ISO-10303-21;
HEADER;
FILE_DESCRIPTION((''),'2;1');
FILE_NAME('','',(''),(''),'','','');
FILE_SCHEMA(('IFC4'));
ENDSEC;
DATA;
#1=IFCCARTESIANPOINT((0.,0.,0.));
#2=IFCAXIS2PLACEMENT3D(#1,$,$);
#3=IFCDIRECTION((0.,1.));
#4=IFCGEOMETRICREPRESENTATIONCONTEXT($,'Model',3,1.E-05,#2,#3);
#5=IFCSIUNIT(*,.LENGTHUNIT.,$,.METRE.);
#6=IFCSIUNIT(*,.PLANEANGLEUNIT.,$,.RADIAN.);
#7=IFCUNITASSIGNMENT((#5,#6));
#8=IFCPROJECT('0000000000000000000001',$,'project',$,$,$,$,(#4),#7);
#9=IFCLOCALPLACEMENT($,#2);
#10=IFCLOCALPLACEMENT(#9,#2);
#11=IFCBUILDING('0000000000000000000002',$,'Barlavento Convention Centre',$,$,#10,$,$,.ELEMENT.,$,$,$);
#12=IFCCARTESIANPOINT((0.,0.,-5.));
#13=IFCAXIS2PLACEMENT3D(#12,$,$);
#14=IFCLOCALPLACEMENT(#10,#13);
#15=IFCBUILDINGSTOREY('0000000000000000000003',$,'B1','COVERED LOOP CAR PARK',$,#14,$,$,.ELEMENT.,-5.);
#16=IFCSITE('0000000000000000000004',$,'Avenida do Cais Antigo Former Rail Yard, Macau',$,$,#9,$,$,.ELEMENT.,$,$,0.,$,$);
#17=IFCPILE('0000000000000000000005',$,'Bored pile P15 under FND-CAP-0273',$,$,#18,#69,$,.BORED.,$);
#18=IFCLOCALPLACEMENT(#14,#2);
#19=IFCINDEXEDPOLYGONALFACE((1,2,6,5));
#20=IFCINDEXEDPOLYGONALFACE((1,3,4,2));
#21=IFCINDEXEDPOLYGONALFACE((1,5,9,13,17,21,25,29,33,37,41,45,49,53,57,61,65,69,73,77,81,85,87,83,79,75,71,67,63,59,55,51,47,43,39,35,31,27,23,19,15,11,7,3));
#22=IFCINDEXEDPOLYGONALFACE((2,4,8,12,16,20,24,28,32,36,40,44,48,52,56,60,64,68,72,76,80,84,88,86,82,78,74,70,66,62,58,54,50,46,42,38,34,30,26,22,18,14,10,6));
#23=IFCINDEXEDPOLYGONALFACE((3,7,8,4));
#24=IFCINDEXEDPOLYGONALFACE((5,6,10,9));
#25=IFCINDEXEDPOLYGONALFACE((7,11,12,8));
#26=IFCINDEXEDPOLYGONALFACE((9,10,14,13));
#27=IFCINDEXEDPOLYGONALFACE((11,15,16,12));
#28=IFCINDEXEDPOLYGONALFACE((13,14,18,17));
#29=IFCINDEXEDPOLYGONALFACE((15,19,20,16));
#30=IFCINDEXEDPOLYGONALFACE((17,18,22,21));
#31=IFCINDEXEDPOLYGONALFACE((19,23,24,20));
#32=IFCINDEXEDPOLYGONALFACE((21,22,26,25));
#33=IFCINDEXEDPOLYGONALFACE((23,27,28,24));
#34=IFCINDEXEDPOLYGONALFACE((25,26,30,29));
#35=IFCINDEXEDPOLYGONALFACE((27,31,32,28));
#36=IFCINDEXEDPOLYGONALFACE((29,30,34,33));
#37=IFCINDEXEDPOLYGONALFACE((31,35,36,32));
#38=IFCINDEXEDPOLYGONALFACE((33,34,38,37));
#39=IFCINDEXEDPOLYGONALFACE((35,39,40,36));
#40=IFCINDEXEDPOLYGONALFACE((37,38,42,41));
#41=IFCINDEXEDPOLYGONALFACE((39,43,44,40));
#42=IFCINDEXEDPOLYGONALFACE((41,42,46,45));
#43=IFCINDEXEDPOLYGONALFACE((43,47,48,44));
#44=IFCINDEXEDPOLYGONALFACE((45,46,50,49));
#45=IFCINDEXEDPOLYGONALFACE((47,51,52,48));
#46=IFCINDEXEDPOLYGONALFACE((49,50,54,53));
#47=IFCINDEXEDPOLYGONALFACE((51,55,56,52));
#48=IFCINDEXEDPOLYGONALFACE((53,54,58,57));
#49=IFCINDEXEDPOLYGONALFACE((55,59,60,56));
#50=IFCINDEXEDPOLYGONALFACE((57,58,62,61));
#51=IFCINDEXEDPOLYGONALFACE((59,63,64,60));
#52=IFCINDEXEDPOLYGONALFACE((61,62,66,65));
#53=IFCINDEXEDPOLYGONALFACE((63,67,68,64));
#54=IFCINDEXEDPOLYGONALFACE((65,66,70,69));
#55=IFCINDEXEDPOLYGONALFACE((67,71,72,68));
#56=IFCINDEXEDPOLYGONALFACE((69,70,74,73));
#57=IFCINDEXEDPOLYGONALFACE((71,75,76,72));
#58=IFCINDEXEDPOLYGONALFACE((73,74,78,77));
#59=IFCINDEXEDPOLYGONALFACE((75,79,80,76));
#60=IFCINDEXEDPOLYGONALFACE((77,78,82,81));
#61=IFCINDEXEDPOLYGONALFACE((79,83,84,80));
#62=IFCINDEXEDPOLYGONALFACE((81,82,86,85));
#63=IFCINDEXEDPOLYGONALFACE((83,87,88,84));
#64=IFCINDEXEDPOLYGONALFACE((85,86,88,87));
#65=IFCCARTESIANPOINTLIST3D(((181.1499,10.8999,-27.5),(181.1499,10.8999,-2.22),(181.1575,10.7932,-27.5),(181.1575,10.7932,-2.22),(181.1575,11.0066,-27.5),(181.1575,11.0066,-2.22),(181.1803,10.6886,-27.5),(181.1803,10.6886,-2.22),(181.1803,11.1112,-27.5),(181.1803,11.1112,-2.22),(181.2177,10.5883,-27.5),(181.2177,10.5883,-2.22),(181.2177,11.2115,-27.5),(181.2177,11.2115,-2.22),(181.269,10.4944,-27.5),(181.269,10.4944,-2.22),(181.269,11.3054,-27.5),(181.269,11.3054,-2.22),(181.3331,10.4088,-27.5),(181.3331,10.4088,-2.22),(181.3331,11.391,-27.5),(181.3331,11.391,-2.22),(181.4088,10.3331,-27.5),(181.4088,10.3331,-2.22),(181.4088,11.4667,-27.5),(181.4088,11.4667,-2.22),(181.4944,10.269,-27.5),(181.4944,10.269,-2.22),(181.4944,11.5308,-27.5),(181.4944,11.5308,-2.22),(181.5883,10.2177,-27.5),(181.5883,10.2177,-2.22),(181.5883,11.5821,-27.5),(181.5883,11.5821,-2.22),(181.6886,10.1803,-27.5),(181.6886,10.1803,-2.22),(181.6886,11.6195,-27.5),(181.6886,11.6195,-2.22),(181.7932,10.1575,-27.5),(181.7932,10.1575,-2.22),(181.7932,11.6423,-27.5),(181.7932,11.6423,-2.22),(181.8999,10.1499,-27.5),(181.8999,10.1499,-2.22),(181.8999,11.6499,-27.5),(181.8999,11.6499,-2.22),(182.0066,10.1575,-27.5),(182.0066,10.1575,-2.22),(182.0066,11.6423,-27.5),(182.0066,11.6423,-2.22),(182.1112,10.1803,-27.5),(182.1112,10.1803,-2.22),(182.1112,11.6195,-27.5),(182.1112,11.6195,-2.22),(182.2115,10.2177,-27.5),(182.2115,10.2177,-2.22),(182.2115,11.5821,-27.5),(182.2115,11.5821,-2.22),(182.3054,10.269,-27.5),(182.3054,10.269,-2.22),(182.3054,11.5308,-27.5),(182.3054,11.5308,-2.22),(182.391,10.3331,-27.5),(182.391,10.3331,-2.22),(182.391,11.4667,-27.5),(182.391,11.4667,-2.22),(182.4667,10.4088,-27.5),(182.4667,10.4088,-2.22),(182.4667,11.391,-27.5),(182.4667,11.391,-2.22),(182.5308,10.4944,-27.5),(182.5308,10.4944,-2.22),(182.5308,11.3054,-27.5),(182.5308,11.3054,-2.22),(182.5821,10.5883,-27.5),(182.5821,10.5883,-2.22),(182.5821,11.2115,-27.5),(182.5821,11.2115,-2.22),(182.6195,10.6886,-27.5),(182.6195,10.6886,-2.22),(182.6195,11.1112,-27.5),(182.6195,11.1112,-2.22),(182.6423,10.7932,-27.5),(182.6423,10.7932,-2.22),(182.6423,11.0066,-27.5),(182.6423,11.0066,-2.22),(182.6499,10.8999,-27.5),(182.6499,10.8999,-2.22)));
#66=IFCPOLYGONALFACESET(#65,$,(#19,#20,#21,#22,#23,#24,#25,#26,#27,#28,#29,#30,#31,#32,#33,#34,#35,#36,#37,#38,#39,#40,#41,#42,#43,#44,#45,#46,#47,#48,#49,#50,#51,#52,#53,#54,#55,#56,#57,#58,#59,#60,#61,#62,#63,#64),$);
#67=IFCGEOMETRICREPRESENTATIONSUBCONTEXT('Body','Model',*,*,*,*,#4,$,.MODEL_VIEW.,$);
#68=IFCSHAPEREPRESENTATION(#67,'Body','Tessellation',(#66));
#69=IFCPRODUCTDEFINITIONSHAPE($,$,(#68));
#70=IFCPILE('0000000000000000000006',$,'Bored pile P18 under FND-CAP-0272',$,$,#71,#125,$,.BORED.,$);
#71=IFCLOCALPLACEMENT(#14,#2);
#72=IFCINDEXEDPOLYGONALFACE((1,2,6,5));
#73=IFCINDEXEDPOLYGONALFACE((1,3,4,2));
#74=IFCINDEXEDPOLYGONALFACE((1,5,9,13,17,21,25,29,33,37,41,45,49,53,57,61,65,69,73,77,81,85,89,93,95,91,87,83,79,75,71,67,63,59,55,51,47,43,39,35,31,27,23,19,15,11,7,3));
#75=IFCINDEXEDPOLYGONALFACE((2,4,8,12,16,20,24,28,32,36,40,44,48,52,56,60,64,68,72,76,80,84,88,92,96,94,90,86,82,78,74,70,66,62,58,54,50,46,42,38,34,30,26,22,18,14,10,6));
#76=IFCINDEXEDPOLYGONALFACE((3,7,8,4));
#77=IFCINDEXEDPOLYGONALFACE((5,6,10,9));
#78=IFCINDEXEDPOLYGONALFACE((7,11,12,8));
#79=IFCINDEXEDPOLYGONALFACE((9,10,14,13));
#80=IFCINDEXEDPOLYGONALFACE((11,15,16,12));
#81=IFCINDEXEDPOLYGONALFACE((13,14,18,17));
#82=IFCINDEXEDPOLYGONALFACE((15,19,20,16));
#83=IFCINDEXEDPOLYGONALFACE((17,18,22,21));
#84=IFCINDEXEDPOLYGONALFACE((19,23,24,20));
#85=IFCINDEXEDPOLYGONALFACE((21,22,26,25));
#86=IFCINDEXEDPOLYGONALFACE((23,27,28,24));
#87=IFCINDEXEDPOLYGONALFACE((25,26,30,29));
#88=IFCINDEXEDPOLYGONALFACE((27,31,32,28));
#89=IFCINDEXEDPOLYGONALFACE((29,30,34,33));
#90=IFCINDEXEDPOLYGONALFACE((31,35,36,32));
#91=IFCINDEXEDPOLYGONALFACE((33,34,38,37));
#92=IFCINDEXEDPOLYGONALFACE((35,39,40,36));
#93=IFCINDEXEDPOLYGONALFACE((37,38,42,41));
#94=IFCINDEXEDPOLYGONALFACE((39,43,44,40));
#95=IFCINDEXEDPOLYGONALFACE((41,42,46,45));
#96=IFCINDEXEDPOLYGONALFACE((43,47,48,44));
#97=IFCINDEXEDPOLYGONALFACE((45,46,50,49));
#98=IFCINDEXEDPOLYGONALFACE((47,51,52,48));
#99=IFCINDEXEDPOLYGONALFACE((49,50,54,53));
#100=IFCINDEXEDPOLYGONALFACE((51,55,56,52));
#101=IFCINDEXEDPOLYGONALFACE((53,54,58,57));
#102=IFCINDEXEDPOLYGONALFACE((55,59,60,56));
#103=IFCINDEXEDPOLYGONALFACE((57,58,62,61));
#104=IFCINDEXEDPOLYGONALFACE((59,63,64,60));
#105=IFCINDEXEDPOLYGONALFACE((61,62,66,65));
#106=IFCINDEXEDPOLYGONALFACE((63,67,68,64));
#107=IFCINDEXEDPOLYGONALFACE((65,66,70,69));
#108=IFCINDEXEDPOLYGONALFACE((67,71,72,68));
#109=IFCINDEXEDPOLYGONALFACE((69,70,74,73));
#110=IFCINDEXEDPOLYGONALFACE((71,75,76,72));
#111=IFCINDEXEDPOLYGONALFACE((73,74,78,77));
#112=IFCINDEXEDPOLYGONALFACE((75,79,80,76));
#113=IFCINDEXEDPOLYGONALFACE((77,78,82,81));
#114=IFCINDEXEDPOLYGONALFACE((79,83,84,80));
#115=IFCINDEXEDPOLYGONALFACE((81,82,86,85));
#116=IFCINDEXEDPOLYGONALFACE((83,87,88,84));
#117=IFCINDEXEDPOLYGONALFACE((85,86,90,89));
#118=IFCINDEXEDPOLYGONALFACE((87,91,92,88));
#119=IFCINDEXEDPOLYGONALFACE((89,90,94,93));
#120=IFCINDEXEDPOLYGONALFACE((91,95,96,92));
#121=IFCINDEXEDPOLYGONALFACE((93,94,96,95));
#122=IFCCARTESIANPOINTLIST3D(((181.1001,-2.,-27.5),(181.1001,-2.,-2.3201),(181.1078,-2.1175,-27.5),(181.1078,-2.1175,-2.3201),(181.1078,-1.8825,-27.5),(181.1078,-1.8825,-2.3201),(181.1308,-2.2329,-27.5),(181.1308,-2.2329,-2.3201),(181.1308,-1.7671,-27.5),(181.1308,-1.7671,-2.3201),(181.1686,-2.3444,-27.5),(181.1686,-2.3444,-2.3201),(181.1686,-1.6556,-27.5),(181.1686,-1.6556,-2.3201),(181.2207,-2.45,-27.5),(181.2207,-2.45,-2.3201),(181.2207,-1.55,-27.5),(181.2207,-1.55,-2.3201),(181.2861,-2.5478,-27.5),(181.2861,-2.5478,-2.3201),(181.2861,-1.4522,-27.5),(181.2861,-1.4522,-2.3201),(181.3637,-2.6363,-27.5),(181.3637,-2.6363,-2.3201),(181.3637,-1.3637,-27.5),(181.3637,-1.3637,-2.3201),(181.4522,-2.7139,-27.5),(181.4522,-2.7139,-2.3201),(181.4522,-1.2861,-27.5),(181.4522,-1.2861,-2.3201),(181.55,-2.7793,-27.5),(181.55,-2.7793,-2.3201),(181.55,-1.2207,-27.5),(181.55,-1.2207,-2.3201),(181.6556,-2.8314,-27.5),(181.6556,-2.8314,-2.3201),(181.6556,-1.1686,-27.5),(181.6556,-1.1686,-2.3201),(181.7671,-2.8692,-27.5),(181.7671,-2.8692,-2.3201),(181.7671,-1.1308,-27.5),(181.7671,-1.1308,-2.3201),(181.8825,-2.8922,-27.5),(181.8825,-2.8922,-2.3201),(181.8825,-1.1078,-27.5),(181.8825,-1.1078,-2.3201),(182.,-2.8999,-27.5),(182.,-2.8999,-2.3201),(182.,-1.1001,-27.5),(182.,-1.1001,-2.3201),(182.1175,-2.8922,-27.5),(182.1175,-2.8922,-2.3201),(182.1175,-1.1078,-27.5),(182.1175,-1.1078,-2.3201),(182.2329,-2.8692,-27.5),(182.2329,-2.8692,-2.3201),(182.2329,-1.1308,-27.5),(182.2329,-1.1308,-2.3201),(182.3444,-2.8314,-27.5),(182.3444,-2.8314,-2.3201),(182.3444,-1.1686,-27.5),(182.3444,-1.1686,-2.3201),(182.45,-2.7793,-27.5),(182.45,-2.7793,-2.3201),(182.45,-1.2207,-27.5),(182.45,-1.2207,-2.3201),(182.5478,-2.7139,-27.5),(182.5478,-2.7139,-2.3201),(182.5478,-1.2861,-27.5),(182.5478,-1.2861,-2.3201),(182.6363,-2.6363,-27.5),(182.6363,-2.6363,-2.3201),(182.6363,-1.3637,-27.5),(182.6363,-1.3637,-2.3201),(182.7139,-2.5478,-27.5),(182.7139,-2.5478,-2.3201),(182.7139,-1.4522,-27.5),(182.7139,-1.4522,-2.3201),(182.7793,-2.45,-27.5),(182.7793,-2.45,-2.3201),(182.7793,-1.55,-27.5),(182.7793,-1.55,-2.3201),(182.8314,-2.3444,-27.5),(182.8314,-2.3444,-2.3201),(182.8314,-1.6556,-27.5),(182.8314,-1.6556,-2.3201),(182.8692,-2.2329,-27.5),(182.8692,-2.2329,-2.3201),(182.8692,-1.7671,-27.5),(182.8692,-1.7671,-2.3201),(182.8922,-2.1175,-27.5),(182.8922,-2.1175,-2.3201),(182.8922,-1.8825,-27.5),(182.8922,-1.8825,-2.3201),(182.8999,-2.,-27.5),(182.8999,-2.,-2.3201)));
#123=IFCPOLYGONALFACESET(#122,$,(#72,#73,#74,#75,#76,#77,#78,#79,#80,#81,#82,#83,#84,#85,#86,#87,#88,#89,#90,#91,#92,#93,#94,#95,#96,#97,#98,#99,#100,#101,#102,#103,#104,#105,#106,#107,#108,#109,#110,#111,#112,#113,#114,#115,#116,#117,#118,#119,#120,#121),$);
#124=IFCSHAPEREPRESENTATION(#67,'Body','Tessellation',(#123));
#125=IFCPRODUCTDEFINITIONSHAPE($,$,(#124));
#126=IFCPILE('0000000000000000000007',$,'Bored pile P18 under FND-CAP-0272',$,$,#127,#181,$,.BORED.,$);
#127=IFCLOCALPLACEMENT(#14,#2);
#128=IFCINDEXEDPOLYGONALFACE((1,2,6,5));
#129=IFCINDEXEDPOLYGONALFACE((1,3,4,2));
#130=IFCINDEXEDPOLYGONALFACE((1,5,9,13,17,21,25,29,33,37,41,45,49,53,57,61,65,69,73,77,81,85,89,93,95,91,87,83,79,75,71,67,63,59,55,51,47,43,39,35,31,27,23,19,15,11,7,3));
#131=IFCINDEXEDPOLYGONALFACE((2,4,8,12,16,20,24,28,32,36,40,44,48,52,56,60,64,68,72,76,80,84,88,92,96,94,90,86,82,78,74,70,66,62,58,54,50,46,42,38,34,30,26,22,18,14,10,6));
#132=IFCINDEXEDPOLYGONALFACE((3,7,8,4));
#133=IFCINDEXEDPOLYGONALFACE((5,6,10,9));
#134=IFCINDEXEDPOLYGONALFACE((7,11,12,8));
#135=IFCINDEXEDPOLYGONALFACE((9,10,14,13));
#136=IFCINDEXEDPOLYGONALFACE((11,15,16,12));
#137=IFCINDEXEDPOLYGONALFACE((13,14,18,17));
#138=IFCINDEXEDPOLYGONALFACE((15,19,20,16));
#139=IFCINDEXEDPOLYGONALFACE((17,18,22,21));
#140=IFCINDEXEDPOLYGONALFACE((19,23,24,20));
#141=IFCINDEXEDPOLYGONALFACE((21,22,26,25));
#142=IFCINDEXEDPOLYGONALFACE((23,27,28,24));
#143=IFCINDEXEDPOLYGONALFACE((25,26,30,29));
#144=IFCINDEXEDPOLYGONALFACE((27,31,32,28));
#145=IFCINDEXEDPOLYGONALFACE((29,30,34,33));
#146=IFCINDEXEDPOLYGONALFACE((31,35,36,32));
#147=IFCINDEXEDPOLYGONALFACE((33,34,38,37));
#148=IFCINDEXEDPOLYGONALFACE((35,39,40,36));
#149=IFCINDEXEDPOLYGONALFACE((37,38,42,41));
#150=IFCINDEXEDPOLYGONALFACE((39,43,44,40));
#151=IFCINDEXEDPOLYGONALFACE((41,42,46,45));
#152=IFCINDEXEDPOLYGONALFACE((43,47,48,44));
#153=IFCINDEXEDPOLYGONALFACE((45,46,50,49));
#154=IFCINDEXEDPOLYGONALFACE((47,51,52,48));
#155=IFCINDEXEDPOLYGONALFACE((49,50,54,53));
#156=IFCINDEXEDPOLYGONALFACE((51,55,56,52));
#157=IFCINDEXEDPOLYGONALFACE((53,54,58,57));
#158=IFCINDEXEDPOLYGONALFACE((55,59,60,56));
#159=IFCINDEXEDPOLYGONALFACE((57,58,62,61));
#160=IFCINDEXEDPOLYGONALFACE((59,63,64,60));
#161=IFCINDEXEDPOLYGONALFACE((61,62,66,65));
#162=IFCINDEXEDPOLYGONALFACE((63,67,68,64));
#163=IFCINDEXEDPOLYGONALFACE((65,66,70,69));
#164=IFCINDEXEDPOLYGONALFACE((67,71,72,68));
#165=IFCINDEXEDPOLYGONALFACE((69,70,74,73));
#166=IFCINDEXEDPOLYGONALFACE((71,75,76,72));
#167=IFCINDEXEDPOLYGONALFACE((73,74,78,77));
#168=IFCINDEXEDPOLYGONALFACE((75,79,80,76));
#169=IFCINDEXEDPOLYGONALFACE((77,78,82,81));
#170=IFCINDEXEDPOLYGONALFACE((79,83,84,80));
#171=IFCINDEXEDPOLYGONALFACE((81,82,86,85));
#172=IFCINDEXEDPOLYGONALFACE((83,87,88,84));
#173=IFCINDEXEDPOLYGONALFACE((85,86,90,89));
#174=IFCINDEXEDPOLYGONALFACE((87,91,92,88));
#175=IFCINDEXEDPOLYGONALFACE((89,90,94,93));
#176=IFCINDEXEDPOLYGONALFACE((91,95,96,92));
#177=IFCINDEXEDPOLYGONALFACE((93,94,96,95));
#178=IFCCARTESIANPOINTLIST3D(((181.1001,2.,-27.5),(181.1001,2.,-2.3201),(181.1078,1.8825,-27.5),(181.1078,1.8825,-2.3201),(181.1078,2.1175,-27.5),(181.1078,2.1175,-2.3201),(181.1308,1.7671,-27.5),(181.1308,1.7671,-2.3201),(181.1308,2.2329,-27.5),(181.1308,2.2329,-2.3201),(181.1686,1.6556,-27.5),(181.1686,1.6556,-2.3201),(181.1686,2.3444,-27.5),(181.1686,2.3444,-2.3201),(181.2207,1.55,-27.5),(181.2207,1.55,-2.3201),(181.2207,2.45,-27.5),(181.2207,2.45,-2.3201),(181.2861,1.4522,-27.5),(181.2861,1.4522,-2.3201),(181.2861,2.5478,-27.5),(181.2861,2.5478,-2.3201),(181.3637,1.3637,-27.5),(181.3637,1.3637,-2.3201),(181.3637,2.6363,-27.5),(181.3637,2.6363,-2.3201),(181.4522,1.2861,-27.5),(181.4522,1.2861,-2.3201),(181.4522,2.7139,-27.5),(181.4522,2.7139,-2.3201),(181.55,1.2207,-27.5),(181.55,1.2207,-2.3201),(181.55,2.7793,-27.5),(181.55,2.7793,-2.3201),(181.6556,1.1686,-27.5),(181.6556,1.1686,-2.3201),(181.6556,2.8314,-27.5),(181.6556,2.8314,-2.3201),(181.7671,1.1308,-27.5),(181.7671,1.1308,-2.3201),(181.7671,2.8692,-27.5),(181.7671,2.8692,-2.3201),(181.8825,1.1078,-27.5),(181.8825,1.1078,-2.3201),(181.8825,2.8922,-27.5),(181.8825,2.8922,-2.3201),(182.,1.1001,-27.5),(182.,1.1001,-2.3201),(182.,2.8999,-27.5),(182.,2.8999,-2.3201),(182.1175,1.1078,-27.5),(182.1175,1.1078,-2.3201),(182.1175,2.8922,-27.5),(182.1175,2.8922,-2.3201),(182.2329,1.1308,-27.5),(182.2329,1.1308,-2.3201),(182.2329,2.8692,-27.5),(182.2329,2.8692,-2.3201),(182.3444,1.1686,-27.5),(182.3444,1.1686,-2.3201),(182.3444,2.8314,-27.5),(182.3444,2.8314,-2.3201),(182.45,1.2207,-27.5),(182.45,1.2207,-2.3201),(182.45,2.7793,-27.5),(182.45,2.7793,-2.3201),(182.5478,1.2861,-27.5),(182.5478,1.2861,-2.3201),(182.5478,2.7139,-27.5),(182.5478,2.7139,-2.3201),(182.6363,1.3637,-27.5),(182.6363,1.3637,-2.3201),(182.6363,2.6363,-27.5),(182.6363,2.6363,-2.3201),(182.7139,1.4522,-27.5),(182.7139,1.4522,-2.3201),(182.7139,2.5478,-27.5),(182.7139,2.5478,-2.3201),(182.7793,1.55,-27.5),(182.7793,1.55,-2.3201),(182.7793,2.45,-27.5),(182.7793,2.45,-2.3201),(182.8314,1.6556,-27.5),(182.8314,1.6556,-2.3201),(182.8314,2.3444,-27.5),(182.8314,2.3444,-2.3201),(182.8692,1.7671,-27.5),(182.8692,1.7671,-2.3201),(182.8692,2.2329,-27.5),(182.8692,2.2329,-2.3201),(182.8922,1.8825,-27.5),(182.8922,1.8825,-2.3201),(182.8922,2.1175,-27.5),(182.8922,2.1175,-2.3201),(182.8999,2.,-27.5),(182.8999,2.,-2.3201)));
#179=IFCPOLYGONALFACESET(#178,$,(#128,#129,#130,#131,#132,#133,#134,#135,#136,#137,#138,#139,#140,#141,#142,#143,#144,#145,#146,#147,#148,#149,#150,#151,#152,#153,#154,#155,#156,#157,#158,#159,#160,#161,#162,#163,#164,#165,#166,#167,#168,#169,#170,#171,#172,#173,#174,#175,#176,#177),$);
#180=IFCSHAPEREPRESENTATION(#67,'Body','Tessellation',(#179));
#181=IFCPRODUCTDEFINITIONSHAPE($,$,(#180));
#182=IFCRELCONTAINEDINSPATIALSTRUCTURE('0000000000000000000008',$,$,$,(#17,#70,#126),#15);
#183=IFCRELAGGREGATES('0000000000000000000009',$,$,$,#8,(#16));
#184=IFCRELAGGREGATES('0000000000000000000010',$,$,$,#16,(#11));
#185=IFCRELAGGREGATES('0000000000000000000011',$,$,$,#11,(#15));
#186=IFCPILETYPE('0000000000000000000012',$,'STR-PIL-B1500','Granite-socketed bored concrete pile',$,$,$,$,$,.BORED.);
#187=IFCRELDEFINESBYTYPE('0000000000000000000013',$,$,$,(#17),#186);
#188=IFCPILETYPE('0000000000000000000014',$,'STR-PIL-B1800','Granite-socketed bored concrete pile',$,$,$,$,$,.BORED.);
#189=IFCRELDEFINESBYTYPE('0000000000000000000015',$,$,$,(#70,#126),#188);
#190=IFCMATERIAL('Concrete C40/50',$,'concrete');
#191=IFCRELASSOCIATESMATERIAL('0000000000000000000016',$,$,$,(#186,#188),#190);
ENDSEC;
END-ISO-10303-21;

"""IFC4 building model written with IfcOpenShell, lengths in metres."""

from ifc_helpers import new_model, si_unit, direction, frame, origin, origin_2d, place, context, subcontext, project, spatial, circle, extrude, material, material_profile, profile_set, type_object, element, save


model = new_model("IFC4")

# Units and contexts
model_context = context("Model", 3, precision=1e-05, world=origin(), true_north=direction((0.0, 1.0)))
body_context = subcontext(model_context, "Body", "Model", "MODEL_VIEW")
ifc_project = project(units=[si_unit("LENGTHUNIT", "METRE"), si_unit("PLANEANGLEUNIT", "RADIAN")], contexts=[model_context])

# Site, building, storey
site_placement = place(None, origin())
site = spatial("IfcSite", under=ifc_project, at=site_placement, Name="Avenida do Cais Antigo Former Rail Yard, Macau", CompositionType="ELEMENT", RefElevation=0.0)
building_placement = place(site_placement, origin())
building = spatial("IfcBuilding", under=site, at=building_placement, Name="Barlavento Convention Centre", CompositionType="ELEMENT")
storey_placement = place(building_placement, frame((0.0, 0.0, -5.0)))
storey = spatial("IfcBuildingStorey", under=building, at=storey_placement, Name="B1", Description="COVERED LOOP CAR PARK", CompositionType="ELEMENT", Elevation=-5.0)

# Shared definitions
ifc_material_1 = material(Name="Concrete C40/50", Category="concrete")

# Piles
ifc_material_profile_1 = material_profile(ifc_material_1, circle(Radius=0.75, at=origin_2d()), Name="BORED PILE 1500")
ifc_profile_set_1 = profile_set([ifc_material_profile_1], Name="Concrete C40/50")
pile_type_1 = type_object("IfcPileType", Name="STR-PIL-B1500", Description="Granite-socketed bored concrete pile", PredefinedType="BORED", material=ifc_profile_set_1)
for number, where, z_axis, x_axis, name in (
    (1, (181.8999, 10.8999, -2.22), (0.0, 0.0, -1.0), (1.0, 0.0, 0.0), "Bored pile P15 under FND-CAP-0273"),
):
    element("IfcPile", number, at=place(storey_placement, frame(where, z_axis=z_axis, x_axis=x_axis)), inside=storey, type_object=pile_type_1, Name=name, PredefinedType="BORED", context=body_context, shape_type="SweptSolid", body=[
        extrude(circle(Radius=0.75, at=origin_2d()), origin(), (0.0, 0.0, 1.0), 25.28),
    ])
ifc_material_profile_2 = material_profile(ifc_material_1, circle(Radius=0.8999, at=origin_2d()), Name="BORED PILE 1800")
ifc_profile_set_2 = profile_set([ifc_material_profile_2], Name="Concrete C40/50")
pile_type_2 = type_object("IfcPileType", Name="STR-PIL-B1800", Description="Granite-socketed bored concrete pile", PredefinedType="BORED", material=ifc_profile_set_2)
for number, where, z_axis, x_axis, name in (
    (2, (182.0, -2.0, -2.3201), (0.0, 0.0, -1.0), (1.0, 0.0, 0.0), "Bored pile P18 under FND-CAP-0272"),
    (3, (182.0, 2.0, -2.3201), (0.0, 0.0, -1.0), (1.0, 0.0, 0.0), "Bored pile P18 under FND-CAP-0272"),
):
    element("IfcPile", number, at=place(storey_placement, frame(where, z_axis=z_axis, x_axis=x_axis)), inside=storey, type_object=pile_type_2, Name=name, PredefinedType="BORED", context=body_context, shape_type="SweptSolid", body=[
        extrude(circle(Radius=0.8999, at=origin_2d()), origin(), (0.0, 0.0, 1.0), 25.1799),
    ])

save(model, "model.ifc")
